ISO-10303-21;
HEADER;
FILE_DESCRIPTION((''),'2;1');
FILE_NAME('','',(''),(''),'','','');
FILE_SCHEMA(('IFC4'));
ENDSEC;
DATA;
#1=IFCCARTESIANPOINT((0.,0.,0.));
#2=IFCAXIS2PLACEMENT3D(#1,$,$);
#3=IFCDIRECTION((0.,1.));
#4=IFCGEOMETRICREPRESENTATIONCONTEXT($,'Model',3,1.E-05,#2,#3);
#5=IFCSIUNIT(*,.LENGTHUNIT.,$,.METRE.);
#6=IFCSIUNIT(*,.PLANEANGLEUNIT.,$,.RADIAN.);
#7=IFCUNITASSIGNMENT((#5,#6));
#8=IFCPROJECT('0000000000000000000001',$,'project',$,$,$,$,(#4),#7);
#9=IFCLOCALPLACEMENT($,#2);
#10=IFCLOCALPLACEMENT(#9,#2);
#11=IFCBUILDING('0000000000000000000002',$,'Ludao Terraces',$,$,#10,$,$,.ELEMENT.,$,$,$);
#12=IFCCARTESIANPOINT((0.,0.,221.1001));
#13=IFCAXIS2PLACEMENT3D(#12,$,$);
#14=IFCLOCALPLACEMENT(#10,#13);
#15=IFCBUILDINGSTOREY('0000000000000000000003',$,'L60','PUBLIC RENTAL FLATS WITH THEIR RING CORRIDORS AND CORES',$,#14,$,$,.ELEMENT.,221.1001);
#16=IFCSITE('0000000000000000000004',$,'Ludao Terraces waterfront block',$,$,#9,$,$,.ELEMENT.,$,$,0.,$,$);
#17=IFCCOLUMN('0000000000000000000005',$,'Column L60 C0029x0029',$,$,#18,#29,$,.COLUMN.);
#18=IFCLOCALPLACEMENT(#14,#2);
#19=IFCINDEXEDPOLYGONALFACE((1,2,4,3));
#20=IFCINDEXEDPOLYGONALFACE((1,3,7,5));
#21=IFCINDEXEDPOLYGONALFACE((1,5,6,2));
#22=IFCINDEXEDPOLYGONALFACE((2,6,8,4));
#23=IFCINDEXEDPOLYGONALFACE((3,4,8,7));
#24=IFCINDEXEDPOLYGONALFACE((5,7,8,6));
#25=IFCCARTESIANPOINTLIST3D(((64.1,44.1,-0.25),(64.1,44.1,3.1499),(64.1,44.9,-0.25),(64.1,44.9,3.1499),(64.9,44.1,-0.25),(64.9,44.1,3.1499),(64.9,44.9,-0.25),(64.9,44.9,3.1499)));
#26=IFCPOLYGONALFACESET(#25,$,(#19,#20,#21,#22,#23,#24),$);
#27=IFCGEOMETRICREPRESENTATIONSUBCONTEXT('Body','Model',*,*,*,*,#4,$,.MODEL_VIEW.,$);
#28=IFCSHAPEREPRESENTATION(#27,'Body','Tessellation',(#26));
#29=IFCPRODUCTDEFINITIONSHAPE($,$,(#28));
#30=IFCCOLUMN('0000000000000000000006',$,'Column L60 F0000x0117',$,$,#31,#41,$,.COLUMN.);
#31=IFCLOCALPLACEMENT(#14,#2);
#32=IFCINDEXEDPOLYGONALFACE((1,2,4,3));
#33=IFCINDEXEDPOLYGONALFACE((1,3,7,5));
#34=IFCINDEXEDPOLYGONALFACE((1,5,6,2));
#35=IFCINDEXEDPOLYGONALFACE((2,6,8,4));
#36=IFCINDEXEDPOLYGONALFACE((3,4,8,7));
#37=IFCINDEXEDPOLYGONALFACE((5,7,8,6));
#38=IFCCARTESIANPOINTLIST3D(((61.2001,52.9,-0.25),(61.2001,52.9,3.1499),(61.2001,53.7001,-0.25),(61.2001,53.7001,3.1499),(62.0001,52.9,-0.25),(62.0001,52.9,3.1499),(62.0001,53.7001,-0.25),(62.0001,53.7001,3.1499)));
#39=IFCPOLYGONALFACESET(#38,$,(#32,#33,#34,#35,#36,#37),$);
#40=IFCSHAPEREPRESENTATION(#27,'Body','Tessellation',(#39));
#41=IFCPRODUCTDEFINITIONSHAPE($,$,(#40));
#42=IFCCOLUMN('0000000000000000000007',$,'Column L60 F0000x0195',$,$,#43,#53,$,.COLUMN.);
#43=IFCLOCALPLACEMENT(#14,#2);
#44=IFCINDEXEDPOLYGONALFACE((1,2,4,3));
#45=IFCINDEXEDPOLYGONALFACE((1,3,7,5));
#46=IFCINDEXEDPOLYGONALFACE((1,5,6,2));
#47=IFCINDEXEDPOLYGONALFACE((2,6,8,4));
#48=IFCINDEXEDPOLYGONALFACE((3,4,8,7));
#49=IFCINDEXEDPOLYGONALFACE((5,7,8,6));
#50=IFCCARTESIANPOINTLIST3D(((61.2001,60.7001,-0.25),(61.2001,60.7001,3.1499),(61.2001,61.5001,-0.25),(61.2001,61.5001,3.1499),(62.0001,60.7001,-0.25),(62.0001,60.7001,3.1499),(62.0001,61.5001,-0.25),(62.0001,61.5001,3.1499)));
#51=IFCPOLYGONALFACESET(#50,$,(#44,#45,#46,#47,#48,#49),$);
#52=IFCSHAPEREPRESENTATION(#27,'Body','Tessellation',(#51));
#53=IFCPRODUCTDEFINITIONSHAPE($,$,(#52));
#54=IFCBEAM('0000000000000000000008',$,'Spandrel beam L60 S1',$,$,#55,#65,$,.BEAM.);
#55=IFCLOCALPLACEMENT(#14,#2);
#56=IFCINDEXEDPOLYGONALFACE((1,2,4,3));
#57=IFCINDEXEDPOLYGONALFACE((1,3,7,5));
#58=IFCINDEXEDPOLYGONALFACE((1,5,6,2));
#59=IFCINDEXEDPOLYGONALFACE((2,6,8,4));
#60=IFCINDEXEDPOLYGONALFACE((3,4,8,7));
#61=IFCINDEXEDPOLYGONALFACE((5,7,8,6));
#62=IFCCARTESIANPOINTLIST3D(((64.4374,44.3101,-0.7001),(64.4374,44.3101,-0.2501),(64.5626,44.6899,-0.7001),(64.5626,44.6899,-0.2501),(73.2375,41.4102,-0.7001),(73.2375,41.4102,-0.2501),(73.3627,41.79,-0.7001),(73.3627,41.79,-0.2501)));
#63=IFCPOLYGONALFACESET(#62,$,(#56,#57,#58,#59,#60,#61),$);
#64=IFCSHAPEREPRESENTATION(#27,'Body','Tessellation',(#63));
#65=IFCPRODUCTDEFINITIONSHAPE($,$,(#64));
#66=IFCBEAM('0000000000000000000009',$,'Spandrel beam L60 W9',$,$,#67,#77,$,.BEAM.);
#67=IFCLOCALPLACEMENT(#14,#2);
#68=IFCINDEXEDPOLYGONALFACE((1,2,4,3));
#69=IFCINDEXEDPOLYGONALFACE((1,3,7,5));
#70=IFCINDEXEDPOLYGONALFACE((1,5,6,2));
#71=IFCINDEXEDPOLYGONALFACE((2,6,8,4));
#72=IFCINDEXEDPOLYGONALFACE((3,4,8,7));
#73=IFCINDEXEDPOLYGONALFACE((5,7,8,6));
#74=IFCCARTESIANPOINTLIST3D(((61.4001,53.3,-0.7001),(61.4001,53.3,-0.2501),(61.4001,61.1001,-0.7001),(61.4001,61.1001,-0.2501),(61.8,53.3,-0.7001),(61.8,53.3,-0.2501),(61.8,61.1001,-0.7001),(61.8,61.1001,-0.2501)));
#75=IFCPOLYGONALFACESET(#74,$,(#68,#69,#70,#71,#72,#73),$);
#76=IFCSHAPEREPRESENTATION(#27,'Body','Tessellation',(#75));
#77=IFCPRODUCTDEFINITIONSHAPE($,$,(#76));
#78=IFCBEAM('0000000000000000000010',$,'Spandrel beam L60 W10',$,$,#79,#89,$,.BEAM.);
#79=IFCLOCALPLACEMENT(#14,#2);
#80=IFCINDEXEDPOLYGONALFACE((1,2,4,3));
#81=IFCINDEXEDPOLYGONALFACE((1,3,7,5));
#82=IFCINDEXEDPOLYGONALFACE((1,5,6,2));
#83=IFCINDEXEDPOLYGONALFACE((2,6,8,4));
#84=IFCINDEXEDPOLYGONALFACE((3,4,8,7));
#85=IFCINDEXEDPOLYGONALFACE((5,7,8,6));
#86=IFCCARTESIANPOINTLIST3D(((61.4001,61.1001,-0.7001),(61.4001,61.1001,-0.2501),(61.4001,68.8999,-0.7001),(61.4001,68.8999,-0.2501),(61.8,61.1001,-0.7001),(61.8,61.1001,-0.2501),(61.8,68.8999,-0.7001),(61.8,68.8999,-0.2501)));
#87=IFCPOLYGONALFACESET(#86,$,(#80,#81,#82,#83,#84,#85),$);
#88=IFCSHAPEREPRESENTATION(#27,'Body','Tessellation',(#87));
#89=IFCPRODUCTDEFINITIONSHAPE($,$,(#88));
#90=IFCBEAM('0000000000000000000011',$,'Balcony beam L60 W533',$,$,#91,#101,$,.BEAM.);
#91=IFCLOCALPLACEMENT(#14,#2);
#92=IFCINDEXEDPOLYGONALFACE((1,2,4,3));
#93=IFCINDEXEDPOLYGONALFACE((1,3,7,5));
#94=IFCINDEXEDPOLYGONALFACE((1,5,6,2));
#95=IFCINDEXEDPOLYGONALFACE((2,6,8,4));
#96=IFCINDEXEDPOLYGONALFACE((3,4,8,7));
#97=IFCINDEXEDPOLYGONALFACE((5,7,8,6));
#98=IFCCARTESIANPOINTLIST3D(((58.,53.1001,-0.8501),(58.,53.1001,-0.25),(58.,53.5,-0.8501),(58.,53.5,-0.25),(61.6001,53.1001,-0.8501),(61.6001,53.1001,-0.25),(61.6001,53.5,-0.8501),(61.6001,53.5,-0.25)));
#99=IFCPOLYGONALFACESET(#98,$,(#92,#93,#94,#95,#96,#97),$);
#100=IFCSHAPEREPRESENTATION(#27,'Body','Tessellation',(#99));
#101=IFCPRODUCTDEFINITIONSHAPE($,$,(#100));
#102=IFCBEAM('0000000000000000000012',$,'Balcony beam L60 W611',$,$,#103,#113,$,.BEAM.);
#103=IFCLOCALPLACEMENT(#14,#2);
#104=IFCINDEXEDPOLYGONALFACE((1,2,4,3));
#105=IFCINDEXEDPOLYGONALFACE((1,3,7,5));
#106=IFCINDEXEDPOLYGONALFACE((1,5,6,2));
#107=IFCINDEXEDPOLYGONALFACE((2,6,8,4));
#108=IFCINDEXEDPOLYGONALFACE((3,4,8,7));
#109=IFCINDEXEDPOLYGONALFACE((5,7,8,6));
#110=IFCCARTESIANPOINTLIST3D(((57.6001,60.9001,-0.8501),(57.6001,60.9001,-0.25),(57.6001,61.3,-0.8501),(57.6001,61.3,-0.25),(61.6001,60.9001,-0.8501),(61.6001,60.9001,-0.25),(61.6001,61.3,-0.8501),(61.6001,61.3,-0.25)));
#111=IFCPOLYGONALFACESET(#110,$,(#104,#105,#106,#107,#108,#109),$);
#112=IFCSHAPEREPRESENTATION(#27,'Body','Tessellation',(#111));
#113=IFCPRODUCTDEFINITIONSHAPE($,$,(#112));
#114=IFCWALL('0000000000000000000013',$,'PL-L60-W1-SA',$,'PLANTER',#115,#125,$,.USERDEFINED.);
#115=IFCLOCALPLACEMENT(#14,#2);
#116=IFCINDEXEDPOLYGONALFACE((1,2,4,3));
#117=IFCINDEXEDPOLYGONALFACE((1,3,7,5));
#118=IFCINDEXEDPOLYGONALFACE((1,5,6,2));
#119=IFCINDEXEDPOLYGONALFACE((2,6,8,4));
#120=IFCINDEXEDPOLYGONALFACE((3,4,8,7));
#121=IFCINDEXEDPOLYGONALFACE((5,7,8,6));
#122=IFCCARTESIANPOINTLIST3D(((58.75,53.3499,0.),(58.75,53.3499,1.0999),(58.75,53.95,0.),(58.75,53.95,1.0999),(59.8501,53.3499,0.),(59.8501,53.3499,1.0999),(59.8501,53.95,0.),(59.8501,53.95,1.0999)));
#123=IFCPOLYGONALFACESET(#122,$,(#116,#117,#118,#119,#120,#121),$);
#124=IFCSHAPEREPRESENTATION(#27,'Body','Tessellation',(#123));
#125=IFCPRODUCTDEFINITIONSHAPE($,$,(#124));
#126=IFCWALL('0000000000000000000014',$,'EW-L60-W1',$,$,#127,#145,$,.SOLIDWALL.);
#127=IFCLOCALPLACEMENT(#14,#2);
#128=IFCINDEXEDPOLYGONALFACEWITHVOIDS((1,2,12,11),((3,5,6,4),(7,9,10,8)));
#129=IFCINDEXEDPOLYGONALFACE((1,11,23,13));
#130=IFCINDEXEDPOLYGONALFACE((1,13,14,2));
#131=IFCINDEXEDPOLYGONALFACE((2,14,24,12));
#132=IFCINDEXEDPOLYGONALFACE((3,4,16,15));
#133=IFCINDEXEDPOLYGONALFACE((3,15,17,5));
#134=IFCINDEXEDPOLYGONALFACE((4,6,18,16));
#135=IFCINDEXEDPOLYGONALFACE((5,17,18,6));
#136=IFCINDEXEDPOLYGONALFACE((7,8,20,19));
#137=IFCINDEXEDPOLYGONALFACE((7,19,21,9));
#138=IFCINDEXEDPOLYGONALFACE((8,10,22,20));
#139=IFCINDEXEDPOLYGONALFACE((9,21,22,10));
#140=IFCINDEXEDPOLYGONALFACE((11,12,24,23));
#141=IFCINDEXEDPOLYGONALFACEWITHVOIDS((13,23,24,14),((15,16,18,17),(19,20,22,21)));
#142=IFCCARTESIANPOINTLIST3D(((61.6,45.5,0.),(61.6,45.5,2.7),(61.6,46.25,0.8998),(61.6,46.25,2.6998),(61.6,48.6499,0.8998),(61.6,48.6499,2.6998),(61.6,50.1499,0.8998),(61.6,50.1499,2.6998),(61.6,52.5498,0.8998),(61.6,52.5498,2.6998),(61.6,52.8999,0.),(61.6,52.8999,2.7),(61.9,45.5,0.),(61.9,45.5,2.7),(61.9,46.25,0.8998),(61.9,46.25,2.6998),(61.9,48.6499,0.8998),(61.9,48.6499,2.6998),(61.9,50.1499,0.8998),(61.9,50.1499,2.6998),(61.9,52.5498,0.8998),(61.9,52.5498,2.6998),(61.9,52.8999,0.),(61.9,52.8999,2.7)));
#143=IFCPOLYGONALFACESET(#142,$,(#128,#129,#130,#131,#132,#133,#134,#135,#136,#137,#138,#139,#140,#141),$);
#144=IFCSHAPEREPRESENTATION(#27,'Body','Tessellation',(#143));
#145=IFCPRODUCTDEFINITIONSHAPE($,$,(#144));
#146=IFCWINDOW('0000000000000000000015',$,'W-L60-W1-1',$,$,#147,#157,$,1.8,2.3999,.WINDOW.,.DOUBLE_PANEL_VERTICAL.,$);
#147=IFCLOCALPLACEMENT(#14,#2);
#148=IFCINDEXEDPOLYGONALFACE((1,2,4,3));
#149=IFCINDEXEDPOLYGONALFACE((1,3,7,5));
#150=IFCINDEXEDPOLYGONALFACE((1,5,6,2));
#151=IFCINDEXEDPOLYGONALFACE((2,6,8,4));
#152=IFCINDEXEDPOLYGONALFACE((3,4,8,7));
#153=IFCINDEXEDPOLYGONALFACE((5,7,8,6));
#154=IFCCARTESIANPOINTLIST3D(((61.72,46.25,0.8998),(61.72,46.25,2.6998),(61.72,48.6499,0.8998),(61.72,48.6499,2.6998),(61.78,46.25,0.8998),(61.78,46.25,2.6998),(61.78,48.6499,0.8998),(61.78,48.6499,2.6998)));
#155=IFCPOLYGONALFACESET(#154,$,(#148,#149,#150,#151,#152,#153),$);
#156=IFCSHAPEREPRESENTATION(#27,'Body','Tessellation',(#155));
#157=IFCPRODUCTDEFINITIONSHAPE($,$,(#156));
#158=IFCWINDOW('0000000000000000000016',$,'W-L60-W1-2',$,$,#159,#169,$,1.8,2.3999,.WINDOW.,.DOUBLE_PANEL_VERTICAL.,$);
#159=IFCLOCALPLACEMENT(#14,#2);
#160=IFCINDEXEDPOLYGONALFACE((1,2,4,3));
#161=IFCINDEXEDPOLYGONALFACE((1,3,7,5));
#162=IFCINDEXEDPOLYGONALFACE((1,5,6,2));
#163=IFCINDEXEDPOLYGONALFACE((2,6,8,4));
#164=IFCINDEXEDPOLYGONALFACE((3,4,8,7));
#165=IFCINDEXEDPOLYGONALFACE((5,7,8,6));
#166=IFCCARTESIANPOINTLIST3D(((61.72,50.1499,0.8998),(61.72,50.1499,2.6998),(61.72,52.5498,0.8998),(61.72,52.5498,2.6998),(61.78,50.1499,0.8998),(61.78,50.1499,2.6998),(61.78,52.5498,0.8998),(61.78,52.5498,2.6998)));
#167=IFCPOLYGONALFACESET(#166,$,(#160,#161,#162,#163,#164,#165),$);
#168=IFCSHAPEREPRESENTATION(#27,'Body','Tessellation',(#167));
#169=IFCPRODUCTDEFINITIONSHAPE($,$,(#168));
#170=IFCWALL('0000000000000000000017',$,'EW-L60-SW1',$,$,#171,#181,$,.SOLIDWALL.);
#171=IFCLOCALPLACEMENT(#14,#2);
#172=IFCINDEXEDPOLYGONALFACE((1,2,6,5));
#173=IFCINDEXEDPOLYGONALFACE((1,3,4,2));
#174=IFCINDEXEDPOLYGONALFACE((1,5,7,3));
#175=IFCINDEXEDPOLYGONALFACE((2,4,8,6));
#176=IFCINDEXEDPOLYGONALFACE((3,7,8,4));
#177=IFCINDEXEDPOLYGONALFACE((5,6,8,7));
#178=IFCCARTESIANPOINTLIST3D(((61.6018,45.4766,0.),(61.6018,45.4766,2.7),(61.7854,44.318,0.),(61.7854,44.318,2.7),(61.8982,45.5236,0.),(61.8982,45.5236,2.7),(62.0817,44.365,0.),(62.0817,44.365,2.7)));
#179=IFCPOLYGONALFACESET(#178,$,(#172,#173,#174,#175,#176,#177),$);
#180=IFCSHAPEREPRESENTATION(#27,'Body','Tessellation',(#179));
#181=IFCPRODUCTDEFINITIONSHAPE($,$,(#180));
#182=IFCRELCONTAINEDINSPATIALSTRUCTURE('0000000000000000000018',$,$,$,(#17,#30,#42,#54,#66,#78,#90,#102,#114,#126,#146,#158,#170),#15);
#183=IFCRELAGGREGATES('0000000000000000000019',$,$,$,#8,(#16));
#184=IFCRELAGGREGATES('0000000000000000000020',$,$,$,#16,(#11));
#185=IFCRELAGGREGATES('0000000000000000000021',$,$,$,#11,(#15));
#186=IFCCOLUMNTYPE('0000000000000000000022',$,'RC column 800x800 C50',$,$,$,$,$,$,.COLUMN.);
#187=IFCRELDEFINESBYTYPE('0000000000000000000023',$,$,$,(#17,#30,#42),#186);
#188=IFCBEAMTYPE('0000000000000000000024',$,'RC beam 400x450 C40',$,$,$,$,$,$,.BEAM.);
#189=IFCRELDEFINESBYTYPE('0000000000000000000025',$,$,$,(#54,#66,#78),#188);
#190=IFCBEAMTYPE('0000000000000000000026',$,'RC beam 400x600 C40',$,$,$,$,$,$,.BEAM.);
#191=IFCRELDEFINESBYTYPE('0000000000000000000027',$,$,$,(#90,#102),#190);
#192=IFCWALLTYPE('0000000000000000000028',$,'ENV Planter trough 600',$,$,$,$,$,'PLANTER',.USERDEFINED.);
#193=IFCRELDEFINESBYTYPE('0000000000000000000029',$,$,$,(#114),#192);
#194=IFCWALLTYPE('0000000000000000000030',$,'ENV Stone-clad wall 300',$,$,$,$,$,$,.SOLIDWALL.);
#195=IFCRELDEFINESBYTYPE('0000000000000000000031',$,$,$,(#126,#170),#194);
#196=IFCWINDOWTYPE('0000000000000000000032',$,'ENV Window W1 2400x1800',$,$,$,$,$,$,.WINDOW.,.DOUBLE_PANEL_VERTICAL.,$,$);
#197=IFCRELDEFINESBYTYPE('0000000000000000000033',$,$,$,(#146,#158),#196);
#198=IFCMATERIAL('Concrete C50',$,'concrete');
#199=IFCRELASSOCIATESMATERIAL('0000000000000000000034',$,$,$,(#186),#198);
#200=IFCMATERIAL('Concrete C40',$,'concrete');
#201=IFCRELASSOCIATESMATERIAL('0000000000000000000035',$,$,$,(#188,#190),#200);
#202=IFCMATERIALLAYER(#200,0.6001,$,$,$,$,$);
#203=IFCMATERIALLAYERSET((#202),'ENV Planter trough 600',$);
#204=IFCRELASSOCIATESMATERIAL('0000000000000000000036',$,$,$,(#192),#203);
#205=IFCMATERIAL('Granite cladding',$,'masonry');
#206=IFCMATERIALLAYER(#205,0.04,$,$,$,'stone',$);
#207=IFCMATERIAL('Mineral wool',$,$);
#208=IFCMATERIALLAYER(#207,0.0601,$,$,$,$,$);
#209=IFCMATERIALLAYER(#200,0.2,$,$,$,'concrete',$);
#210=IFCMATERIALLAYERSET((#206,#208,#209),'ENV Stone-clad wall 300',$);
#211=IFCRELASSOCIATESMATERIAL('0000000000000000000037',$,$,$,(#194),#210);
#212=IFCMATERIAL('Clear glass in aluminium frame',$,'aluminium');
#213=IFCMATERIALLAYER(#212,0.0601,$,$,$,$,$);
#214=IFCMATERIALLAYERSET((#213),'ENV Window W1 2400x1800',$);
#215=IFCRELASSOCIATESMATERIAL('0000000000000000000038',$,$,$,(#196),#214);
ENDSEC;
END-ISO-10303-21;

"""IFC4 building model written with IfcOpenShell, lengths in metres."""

from ifc_helpers import new_model, si_unit, direction, frame, frame_2d, origin, origin_2d, place, context, subcontext, project, spatial, rectangle, extrude, material, layer, layer_set, material_profile, profile_set, type_object, element, fill, save


model = new_model("IFC4")

# Units and contexts
model_context = context("Model", 3, precision=1e-05, world=origin(), true_north=direction((0.0, 1.0)))
body_context = subcontext(model_context, "Body", "Model", "MODEL_VIEW")
ifc_project = project(units=[si_unit("LENGTHUNIT", "METRE"), si_unit("PLANEANGLEUNIT", "RADIAN")], contexts=[model_context])

# Site, building, storey
site_placement = place(None, origin())
site = spatial("IfcSite", under=ifc_project, at=site_placement, Name="Ludao Terraces waterfront block", CompositionType="ELEMENT", RefElevation=0.0)
building_placement = place(site_placement, origin())
building = spatial("IfcBuilding", under=site, at=building_placement, Name="Ludao Terraces", CompositionType="ELEMENT")
storey_placement = place(building_placement, frame((0.0, 0.0, 221.1001)))
storey = spatial("IfcBuildingStorey", under=building, at=storey_placement, Name="L60", Description="PUBLIC RENTAL FLATS WITH THEIR RING CORRIDORS AND CORES", CompositionType="ELEMENT", Elevation=221.1001)

# Columns
ifc_material_1 = material(Name="Concrete C50", Category="concrete")
ifc_material_profile_1 = material_profile(ifc_material_1, rectangle(XDim=0.8, YDim=0.8, at=origin_2d()), Name="800 X 800")
ifc_profile_set_1 = profile_set([ifc_material_profile_1], Name="Concrete C50")
column_type = type_object("IfcColumnType", Name="RC column 800x800 C50", PredefinedType="COLUMN", material=ifc_profile_set_1)
for number, where, z_axis, x_axis, name in (
    (1, (64.5, 44.5, -0.25), (0.0, 0.0, 1.0), (1.0, 0.0, 0.0), "Column L60 C0029x0029"),
    (2, (61.6001, 53.3, -0.25), (0.0, 0.0, 1.0), (1.0, 0.0, 0.0), "Column L60 F0000x0117"),
    (3, (61.6001, 61.1001, -0.25), (0.0, 0.0, 1.0), (1.0, 0.0, 0.0), "Column L60 F0000x0195"),
):
    element("IfcColumn", number, at=place(storey_placement, frame(where, z_axis=z_axis, x_axis=x_axis)), inside=storey, type_object=column_type, Name=name, PredefinedType="COLUMN", context=body_context, shape_type="SweptSolid", body=[
        extrude(rectangle(XDim=0.8, YDim=0.8, at=origin_2d()), origin(), (0.0, 0.0, 1.0), 3.3999),
    ])

# Beams
ifc_material_2 = material(Name="Concrete C40", Category="concrete")
ifc_material_profile_2 = material_profile(ifc_material_2, rectangle(XDim=0.3999, YDim=0.45, at=origin_2d()), Name="400 X 450")
ifc_profile_set_2 = profile_set([ifc_material_profile_2], Name="Concrete C40")
beam_type_1 = type_object("IfcBeamType", Name="RC beam 400x450 C40", PredefinedType="BEAM", material=ifc_profile_set_2)
beam_1_placement = place(storey_placement, frame((64.5, 44.5, -0.4751), z_axis=(0.949761, -0.312977, 0.0), x_axis=(0.312977, 0.949761, 0.0)))
element("IfcBeam", 4, at=beam_1_placement, inside=storey, type_object=beam_type_1, Name="Spandrel beam L60 S1", PredefinedType="BEAM", context=body_context, shape_type="SweptSolid", body=[
    extrude(rectangle(XDim=0.3999, YDim=0.45, at=origin_2d()), origin(), (0.0, 0.0, 1.0), 9.2656),
])
beam_2_placement = place(storey_placement, frame((61.6001, 53.3, -0.4751), z_axis=(0.0, 1.0, 0.0), x_axis=(-1.0, 0.0, 0.0)))
element("IfcBeam", 5, at=beam_2_placement, inside=storey, type_object=beam_type_1, Name="Spandrel beam L60 W9", PredefinedType="BEAM", context=body_context, shape_type="SweptSolid", body=[
    extrude(rectangle(XDim=0.3999, YDim=0.45, at=origin_2d()), origin(), (0.0, 0.0, 1.0), 7.8),
])
beam_3_placement = place(storey_placement, frame((61.6001, 61.1001, -0.4751), z_axis=(0.0, 1.0, 0.0), x_axis=(-1.0, 0.0, 0.0)))
element("IfcBeam", 6, at=beam_3_placement, inside=storey, type_object=beam_type_1, Name="Spandrel beam L60 W10", PredefinedType="BEAM", context=body_context, shape_type="SweptSolid", body=[
    extrude(rectangle(XDim=0.3999, YDim=0.45, at=origin_2d()), origin(), (0.0, 0.0, 1.0), 7.7998),
])
ifc_material_profile_3 = material_profile(ifc_material_2, rectangle(XDim=0.3999, YDim=0.6001, at=origin_2d()), Name="400 X 600")
ifc_profile_set_3 = profile_set([ifc_material_profile_3], Name="Concrete C40")
beam_type_2 = type_object("IfcBeamType", Name="RC beam 400x600 C40", PredefinedType="BEAM", material=ifc_profile_set_3)
beam_4_placement = place(storey_placement, frame((61.6001, 53.3, -0.55), z_axis=(-1.0, 0.0, 0.0), x_axis=(0.0, -1.0, 0.0)))
element("IfcBeam", 7, at=beam_4_placement, inside=storey, type_object=beam_type_2, Name="Balcony beam L60 W533", PredefinedType="BEAM", context=body_context, shape_type="SweptSolid", body=[
    extrude(rectangle(XDim=0.3999, YDim=0.6001, at=origin_2d()), origin(), (0.0, 0.0, 1.0), 3.6001),
])
beam_5_placement = place(storey_placement, frame((61.6001, 61.1001, -0.55), z_axis=(-1.0, 0.0, 0.0), x_axis=(0.0, -1.0, 0.0)))
element("IfcBeam", 8, at=beam_5_placement, inside=storey, type_object=beam_type_2, Name="Balcony beam L60 W611", PredefinedType="BEAM", context=body_context, shape_type="SweptSolid", body=[
    extrude(rectangle(XDim=0.3999, YDim=0.6001, at=origin_2d()), origin(), (0.0, 0.0, 1.0), 4.0),
])

# Wall
ifc_layer_1 = layer(ifc_material_2, 0.6001)
ifc_layer_set_1 = layer_set([ifc_layer_1], Name="ENV Planter trough 600")
wall_type_1 = type_object("IfcWallType", Name="ENV Planter trough 600", ElementType="PLANTER", PredefinedType="USERDEFINED", material=ifc_layer_set_1)
wall_1_placement = place(storey_placement, frame((58.75, 53.6499, 0.0), z_axis=(0.0, 0.0, 1.0), x_axis=(1.0, 0.0, 0.0)))
element("IfcWall", 9, at=wall_1_placement, inside=storey, type_object=wall_type_1, Name="PL-L60-W1-SA", ObjectType="PLANTER", PredefinedType="USERDEFINED", context=body_context, shape_type="SweptSolid", body=[
    extrude(rectangle(XDim=1.1001, YDim=0.6001, at=frame_2d((0.55, 0.0))), origin(), (0.0, 0.0, 1.0), 1.0999),
])

# Wall, openings, windows
ifc_material_3 = material(Name="Granite cladding", Category="masonry")
ifc_layer_2 = layer(ifc_material_3, 0.04, Category="stone")
ifc_material_4 = material(Name="Mineral wool")
ifc_layer_3 = layer(ifc_material_4, 0.0601)
ifc_layer_4 = layer(ifc_material_2, 0.2, Category="concrete")
ifc_layer_set_2 = layer_set([ifc_layer_2, ifc_layer_3, ifc_layer_4], Name="ENV Stone-clad wall 300")
wall_type_2 = type_object("IfcWallType", Name="ENV Stone-clad wall 300", PredefinedType="SOLIDWALL", material=ifc_layer_set_2)
wall_2_placement = place(storey_placement, frame((61.75, 45.5, 0.0), z_axis=(0.0, 0.0, 1.0), x_axis=(0.0, 1.0, 0.0)))
wall_2 = element("IfcWall", 10, at=wall_2_placement, inside=storey, type_object=wall_type_2, Name="EW-L60-W1", PredefinedType="SOLIDWALL", context=body_context, shape_type="SweptSolid", body=[
    extrude(rectangle(XDim=7.3999, YDim=0.3, at=frame_2d((3.7, 0.0))), origin(), (0.0, 0.0, 1.0), 2.7),
])
opening_1_placement = place(wall_2_placement, frame((0.75, 0.0, 0.8999)))
opening_1 = element("IfcOpeningElement", 11, at=opening_1_placement, cuts=wall_2, PredefinedType="OPENING", context=body_context, shape_type="SweptSolid", body=[
    extrude(rectangle(XDim=2.3999, YDim=1.8, at=frame_2d((1.2, 0.8999))), frame((0.0, 0.1602, 0.0), z_axis=(0.0, -1.0, 0.0), x_axis=(1.0, 0.0, 0.0)), (0.0, 0.0, 1.0), 0.3201),
])
opening_2_placement = place(wall_2_placement, frame((4.6499, 0.0, 0.8999)))
opening_2 = element("IfcOpeningElement", 12, at=opening_2_placement, cuts=wall_2, PredefinedType="OPENING", context=body_context, shape_type="SweptSolid", body=[
    extrude(rectangle(XDim=2.3999, YDim=1.8, at=frame_2d((1.2, 0.8999))), frame((0.0, 0.1602, 0.0), z_axis=(0.0, -1.0, 0.0), x_axis=(1.0, 0.0, 0.0)), (0.0, 0.0, 1.0), 0.3201),
])
ifc_material_5 = material(Name="Clear glass in aluminium frame", Category="aluminium")
ifc_layer_5 = layer(ifc_material_5, 0.0601)
ifc_layer_set_3 = layer_set([ifc_layer_5], Name="ENV Window W1 2400x1800")
window_type_1 = type_object("IfcWindowType", Name="ENV Window W1 2400x1800", PartitioningType="DOUBLE_PANEL_VERTICAL", PredefinedType="WINDOW", material=ifc_layer_set_3)
window_1_placement = place(opening_1_placement, origin())
window_1 = element("IfcWindow", 13, at=window_1_placement, inside=storey, type_object=window_type_1, Name="W-L60-W1-1", OverallHeight=1.8, OverallWidth=2.3999, PartitioningType="DOUBLE_PANEL_VERTICAL", PredefinedType="WINDOW", context=body_context, shape_type="SweptSolid", body=[
    extrude(rectangle(XDim=2.3999, YDim=1.8, at=frame_2d((1.2, 0.8999))), frame((0.0, 0.03, 0.0), z_axis=(0.0, -1.0, 0.0), x_axis=(1.0, 0.0, 0.0)), (0.0, 0.0, 1.0), 0.0601),
])
fill(opening_1, window_1)
window_2_placement = place(opening_2_placement, origin())
window_2 = element("IfcWindow", 14, at=window_2_placement, inside=storey, type_object=window_type_1, Name="W-L60-W1-2", OverallHeight=1.8, OverallWidth=2.3999, PartitioningType="DOUBLE_PANEL_VERTICAL", PredefinedType="WINDOW", context=body_context, shape_type="SweptSolid", body=[
    extrude(rectangle(XDim=2.3999, YDim=1.8, at=frame_2d((1.2, 0.8999))), frame((0.0, 0.03, 0.0), z_axis=(0.0, -1.0, 0.0), x_axis=(1.0, 0.0, 0.0)), (0.0, 0.0, 1.0), 0.0601),
])
fill(opening_2, window_2)

# Wall
wall_3_placement = place(storey_placement, frame((61.75, 45.5, 0.0), z_axis=(0.0, 0.0, 1.0), x_axis=(0.156497, -0.987678, 0.0)))
element("IfcWall", 15, at=wall_3_placement, inside=storey, type_object=wall_type_2, Name="EW-L60-SW1", PredefinedType="SOLIDWALL", context=body_context, shape_type="SweptSolid", body=[
    extrude(rectangle(XDim=1.1731, YDim=0.3, at=frame_2d((0.5864, 0.0))), origin(), (0.0, 0.0, 1.0), 2.7),
])

save(model, "model.ifc")
